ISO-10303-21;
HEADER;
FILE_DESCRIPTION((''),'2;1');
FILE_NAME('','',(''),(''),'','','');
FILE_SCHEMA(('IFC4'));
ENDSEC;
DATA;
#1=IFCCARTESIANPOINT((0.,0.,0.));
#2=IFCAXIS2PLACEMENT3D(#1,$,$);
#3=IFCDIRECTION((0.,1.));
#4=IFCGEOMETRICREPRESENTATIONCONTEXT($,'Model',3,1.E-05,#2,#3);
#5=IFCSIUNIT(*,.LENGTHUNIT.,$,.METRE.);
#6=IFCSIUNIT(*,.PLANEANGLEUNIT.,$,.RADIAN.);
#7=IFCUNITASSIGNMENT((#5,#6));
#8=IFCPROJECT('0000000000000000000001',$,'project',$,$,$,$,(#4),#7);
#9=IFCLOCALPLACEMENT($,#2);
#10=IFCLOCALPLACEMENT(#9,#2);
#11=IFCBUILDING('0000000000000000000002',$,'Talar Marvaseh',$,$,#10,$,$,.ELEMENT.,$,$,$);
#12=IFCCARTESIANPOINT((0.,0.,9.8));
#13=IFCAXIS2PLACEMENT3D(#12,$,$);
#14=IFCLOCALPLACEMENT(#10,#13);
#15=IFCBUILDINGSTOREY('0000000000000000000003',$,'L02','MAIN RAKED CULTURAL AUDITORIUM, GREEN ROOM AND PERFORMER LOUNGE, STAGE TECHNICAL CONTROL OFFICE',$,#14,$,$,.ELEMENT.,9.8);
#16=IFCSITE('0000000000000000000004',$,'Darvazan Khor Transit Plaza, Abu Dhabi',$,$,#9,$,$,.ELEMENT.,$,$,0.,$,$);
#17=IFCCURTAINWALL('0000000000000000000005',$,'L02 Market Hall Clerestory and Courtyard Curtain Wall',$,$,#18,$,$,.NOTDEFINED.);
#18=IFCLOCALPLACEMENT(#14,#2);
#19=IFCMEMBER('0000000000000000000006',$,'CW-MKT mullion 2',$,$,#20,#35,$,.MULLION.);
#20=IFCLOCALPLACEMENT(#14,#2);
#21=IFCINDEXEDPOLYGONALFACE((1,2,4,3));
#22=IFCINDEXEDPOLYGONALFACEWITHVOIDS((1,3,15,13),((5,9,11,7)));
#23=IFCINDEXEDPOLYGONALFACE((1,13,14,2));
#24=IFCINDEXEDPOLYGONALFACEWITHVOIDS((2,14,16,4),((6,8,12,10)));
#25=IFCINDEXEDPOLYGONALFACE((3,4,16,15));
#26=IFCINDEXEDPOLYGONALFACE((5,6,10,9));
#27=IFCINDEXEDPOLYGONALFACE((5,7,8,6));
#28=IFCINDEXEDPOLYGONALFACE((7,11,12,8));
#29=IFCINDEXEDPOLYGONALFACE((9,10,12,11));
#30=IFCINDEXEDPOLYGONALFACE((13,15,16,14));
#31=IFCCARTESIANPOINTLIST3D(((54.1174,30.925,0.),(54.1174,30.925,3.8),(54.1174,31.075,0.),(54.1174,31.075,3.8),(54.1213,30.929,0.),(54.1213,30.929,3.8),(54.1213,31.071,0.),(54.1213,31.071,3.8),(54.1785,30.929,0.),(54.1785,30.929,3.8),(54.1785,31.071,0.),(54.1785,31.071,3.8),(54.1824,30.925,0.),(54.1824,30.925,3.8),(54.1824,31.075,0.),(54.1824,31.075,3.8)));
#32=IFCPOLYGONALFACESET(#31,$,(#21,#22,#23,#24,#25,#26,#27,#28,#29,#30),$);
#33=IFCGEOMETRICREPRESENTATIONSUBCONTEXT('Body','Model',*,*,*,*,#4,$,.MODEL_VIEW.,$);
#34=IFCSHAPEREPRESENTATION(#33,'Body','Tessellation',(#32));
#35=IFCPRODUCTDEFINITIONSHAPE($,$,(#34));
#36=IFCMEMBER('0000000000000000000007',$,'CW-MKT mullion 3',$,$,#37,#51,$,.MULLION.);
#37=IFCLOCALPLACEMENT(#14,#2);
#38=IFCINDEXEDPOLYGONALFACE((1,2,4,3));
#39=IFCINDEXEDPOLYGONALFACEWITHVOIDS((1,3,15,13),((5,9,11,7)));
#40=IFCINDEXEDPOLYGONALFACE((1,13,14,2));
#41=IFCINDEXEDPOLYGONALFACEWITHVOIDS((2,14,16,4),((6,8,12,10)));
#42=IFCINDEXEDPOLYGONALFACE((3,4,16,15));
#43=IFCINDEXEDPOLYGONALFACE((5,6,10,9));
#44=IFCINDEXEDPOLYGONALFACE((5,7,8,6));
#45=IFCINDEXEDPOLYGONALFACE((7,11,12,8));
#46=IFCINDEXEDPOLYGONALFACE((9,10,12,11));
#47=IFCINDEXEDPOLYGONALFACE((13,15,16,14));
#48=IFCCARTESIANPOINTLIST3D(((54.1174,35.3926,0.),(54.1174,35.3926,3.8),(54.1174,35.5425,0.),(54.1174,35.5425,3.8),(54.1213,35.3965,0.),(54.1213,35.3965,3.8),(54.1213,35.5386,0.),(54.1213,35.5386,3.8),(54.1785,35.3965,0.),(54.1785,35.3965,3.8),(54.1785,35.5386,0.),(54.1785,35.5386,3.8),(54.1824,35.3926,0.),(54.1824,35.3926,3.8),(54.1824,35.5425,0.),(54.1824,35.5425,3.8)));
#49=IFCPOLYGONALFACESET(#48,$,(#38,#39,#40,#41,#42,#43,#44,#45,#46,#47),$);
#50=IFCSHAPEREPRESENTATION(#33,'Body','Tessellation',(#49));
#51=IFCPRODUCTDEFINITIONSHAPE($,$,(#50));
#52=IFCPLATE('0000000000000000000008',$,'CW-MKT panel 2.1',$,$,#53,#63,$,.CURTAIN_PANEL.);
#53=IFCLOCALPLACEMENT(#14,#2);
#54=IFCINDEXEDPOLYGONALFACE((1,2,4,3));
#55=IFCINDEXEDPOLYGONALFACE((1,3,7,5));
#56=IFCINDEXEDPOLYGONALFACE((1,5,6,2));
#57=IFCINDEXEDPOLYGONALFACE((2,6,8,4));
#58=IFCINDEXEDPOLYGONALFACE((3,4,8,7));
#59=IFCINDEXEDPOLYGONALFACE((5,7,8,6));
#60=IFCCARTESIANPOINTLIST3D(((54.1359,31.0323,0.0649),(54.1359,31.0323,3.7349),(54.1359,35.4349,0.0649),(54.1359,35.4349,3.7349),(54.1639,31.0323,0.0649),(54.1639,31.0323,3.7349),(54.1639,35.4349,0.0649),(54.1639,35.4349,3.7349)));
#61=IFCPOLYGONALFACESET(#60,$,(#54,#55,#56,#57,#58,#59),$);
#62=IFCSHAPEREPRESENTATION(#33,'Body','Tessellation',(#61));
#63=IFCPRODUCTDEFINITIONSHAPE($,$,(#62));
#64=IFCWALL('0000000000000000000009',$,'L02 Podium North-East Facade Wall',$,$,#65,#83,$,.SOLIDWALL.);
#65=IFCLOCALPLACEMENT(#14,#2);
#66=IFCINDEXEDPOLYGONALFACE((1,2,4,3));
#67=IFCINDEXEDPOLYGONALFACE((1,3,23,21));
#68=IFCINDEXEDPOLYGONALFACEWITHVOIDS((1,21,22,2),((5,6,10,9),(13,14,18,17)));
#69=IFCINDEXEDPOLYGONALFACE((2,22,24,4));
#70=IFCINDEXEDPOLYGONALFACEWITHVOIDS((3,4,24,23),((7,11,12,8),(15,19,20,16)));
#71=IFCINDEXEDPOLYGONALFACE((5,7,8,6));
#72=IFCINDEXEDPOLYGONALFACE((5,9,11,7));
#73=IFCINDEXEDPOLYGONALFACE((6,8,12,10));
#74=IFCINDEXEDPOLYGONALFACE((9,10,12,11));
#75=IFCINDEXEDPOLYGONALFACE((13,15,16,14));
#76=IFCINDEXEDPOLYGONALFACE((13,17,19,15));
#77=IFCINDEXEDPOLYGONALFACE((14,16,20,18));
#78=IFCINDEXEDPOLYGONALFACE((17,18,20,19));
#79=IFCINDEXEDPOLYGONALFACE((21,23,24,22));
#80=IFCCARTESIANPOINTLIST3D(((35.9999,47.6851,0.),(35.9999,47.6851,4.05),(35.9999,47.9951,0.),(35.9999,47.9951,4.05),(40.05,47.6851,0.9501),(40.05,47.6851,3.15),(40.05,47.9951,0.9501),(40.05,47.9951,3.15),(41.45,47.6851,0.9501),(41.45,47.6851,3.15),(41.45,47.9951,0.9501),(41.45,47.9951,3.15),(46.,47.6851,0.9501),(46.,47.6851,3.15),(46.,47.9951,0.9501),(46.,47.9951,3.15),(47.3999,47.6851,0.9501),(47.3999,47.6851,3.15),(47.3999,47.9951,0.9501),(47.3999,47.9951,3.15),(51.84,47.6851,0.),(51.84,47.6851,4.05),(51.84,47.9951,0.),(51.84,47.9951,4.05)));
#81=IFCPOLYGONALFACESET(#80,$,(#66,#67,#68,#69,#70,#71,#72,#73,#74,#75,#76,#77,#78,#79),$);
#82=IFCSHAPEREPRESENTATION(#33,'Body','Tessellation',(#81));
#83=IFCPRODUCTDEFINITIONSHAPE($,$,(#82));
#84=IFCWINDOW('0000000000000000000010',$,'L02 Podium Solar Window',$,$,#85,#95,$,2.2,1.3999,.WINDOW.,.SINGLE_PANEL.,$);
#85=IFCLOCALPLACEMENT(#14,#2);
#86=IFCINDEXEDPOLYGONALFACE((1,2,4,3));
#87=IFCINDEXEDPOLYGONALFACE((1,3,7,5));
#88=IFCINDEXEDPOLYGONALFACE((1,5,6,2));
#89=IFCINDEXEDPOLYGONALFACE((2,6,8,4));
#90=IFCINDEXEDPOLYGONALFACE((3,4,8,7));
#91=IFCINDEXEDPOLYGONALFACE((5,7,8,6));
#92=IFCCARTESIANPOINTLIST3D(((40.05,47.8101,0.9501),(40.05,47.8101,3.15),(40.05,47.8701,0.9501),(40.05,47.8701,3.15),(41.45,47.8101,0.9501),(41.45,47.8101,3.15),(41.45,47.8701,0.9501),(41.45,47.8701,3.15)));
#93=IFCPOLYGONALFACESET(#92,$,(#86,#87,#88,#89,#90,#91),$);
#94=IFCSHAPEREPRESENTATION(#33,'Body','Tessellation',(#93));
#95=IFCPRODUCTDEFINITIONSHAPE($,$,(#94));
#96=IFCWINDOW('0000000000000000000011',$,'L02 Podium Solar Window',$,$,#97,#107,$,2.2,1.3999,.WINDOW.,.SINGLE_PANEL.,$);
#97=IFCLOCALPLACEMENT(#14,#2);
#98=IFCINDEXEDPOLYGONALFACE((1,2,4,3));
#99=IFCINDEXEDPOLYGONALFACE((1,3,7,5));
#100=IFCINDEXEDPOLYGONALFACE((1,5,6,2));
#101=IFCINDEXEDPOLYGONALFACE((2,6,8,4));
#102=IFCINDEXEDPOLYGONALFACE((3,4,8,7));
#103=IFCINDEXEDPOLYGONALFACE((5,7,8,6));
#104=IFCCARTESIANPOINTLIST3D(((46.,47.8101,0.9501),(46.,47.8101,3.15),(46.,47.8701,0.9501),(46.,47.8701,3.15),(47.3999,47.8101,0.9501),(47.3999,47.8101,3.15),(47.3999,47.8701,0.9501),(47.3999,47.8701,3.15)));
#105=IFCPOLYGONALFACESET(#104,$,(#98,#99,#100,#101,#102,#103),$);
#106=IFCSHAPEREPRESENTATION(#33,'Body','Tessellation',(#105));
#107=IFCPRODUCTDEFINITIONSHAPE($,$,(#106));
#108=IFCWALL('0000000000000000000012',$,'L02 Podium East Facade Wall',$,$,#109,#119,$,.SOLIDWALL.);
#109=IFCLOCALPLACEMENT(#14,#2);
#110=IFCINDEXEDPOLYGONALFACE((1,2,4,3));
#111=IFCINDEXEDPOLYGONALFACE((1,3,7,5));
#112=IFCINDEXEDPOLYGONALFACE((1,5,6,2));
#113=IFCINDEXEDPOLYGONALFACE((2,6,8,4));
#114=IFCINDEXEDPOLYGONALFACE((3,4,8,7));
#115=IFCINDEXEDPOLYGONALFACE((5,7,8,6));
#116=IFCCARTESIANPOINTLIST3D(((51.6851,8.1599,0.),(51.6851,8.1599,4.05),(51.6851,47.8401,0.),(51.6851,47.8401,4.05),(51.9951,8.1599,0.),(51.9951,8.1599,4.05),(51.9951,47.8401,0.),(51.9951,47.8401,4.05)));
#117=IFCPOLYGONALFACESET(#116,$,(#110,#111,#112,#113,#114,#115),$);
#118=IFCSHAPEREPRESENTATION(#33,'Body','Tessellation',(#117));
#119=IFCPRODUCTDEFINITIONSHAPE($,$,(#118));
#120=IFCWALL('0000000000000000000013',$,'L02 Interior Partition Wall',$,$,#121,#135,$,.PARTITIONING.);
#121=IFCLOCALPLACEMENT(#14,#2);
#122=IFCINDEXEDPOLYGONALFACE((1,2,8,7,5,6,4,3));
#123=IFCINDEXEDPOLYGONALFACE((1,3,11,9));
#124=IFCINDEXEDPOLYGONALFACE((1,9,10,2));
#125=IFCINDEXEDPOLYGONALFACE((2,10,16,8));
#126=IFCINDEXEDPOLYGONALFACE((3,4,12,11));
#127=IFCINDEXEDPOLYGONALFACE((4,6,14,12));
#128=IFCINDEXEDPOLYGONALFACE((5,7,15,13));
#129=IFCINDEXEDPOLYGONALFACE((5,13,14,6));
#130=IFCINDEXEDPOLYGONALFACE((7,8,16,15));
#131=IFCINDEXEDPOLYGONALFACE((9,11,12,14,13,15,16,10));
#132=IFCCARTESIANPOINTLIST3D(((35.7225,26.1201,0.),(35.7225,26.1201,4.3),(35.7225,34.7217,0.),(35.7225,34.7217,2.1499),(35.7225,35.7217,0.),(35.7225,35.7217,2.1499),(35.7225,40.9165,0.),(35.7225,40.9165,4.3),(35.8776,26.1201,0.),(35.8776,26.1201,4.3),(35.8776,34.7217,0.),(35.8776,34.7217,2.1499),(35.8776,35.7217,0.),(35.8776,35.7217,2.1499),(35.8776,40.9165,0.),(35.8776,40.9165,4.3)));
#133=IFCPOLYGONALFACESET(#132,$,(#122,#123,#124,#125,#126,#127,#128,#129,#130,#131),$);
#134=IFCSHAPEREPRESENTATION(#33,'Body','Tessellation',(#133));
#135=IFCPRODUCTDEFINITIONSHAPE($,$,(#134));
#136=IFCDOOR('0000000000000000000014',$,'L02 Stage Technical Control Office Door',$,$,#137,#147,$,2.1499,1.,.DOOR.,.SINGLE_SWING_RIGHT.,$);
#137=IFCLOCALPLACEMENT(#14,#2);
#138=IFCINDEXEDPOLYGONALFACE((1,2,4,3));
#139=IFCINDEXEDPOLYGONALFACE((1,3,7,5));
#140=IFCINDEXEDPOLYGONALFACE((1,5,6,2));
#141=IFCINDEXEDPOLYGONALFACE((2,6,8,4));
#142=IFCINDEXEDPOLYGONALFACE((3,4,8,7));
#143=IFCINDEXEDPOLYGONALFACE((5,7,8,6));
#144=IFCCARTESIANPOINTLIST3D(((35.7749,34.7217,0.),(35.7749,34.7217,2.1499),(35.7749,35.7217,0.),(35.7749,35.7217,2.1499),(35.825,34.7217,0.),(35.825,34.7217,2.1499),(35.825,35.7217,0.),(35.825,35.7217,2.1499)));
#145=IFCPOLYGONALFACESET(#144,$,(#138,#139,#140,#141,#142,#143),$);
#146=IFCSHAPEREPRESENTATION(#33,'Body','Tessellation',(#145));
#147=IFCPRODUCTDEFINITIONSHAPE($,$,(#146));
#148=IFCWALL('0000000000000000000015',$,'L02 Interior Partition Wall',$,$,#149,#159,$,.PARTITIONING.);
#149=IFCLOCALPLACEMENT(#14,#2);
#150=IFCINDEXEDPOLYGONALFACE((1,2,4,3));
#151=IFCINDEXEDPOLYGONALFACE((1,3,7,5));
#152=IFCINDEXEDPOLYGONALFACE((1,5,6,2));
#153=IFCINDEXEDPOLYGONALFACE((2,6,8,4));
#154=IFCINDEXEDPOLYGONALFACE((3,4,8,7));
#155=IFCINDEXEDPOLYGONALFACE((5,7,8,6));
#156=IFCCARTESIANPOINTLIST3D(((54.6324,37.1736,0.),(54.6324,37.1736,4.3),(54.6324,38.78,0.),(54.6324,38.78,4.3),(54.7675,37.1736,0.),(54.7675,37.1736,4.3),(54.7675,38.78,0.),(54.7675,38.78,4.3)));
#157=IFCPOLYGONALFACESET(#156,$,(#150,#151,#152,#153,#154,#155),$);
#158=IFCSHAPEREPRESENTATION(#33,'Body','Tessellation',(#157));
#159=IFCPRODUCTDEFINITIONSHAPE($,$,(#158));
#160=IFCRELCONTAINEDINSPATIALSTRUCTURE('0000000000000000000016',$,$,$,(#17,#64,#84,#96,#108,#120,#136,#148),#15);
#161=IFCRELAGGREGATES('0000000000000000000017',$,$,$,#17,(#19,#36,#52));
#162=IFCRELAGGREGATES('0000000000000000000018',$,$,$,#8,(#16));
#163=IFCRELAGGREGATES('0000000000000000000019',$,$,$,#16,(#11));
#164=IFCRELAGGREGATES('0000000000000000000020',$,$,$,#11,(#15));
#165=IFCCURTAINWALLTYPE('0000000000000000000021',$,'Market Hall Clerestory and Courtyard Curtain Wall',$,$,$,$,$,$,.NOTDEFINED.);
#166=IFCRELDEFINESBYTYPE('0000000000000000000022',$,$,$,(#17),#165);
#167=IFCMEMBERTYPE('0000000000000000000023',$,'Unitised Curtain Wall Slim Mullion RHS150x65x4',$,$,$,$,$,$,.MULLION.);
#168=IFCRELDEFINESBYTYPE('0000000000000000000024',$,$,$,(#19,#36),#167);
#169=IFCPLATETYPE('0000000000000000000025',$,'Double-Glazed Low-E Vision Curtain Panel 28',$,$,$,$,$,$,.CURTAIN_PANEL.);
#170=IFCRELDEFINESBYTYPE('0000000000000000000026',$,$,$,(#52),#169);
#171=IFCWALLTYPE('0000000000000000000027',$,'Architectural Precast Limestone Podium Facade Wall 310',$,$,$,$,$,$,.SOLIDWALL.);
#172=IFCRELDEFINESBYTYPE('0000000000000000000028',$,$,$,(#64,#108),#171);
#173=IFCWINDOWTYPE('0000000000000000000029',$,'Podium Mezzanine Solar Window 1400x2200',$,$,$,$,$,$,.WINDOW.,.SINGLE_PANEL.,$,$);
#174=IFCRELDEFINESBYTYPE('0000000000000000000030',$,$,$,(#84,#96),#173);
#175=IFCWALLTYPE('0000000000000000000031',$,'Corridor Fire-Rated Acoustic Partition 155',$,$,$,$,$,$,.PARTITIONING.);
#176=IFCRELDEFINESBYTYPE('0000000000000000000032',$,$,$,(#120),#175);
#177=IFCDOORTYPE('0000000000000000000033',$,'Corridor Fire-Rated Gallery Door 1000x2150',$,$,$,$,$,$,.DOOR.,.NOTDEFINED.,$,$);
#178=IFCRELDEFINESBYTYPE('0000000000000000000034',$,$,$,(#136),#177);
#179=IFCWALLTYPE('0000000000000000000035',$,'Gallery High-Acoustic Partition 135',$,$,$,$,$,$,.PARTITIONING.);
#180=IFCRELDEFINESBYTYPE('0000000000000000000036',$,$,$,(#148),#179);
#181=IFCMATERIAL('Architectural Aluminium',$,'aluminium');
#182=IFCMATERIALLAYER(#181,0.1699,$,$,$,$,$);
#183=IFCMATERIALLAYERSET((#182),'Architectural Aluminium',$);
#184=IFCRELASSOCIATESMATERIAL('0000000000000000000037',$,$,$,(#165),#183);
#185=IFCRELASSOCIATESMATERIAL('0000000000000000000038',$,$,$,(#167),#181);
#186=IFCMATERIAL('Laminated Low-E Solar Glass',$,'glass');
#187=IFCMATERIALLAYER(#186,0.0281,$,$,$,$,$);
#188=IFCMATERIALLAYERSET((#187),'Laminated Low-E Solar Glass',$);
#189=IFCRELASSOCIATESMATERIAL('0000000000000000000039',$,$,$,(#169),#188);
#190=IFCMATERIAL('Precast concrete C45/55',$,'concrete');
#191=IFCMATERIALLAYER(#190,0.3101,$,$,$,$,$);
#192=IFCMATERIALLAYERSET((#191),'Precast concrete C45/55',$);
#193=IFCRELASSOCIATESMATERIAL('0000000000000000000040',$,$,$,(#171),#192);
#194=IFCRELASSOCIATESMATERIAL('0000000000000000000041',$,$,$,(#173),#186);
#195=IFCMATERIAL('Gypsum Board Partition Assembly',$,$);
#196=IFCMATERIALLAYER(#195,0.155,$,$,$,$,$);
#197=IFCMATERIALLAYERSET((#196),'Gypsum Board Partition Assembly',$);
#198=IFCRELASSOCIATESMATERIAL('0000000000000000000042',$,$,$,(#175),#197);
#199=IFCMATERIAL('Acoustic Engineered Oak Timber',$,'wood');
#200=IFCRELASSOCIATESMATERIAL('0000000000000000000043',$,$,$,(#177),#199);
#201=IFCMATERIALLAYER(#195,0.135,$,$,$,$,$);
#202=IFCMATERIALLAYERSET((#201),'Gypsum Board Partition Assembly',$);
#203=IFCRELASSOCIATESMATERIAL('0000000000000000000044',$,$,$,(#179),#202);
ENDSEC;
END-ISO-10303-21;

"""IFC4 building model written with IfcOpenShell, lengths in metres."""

from ifc_helpers import new_model, si_unit, direction, frame, frame_2d, origin, origin_2d, place, context, subcontext, project, spatial, rectangle, hollow_rectangle, extrude, source, transform, mapped, material, layer, layer_set, material_profile, profile_set, type_object, type_shapes, element, fill, aggregate, save


model = new_model("IFC4")

# Units and contexts
model_context = context("Model", 3, precision=1e-05, world=origin(), true_north=direction((0.0, 1.0)))
body_context = subcontext(model_context, "Body", "Model", "MODEL_VIEW")
ifc_project = project(units=[si_unit("LENGTHUNIT", "METRE"), si_unit("PLANEANGLEUNIT", "RADIAN")], contexts=[model_context])

# Site, building, storey
site_placement = place(None, origin())
site = spatial("IfcSite", under=ifc_project, at=site_placement, Name="Darvazan Khor Transit Plaza, Abu Dhabi", CompositionType="ELEMENT", RefElevation=0.0)
building_placement = place(site_placement, origin())
building = spatial("IfcBuilding", under=site, at=building_placement, Name="Talar Marvaseh", CompositionType="ELEMENT")
storey_placement = place(building_placement, frame((0.0, 0.0, 9.8)))
storey = spatial("IfcBuildingStorey", under=building, at=storey_placement, Name="L02", Description="MAIN RAKED CULTURAL AUDITORIUM, GREEN ROOM AND PERFORMER LOUNGE, STAGE TECHNICAL CONTROL OFFICE", CompositionType="ELEMENT", Elevation=9.8)

# Curtain wall
ifc_material_1 = material(Name="Architectural Aluminium", Category="aluminium")
ifc_layer_1 = layer(ifc_material_1, 0.1699)
ifc_layer_set_1 = layer_set([ifc_layer_1], Name="Architectural Aluminium")
curtain_wall_type_1 = type_object("IfcCurtainWallType", Name="Market Hall Clerestory and Courtyard Curtain Wall", PredefinedType="NOTDEFINED", material=ifc_layer_set_1)
curtain_wall_1_placement = place(storey_placement, origin())
curtain_wall_1 = element("IfcCurtainWall", 1, at=curtain_wall_1_placement, inside=storey, type_object=curtain_wall_type_1, Name="L02 Market Hall Clerestory and Courtyard Curtain Wall", PredefinedType="NOTDEFINED")

# Shared definitions
ifc_material_profile_1 = material_profile(ifc_material_1, hollow_rectangle(XDim=0.0649, YDim=0.1499, WallThickness=0.0039, at=origin_2d()), Name="RHS150x65x4")
ifc_profile_set_1 = profile_set([ifc_material_profile_1], Name="Architectural Aluminium")
member_type_1 = type_object("IfcMemberType", Name="Unitised Curtain Wall Slim Mullion RHS150x65x4", PredefinedType="MULLION", material=ifc_profile_set_1)

# Members
shared_shape_1 = source(origin(), body_context, "Body", "SweptSolid", [
    extrude(hollow_rectangle(XDim=0.0649, YDim=0.1499, WallThickness=0.0039, at=origin_2d()), origin(), (0.0, 0.0, 1.0), 3.8),
])
member_1_placement = place(storey_placement, frame((54.1499, 31.0, 0.0), z_axis=(0.0, 0.0, 1.0), x_axis=(-1.0, 0.0, 0.0)))
member_1 = element("IfcMember", 2, at=member_1_placement, type_object=member_type_1, Name="CW-MKT mullion 2", PredefinedType="MULLION", context=body_context, shape_type="MappedRepresentation", body=[
    mapped(shared_shape_1, transform((0.0, 0.0, 0.0), x_axis=(1.0, 0.0, 0.0), y_axis=(0.0, 1.0, 0.0), z_axis=(0.0, 0.0, 1.0), scale=1.0)),
])
member_2_placement = place(storey_placement, frame((54.1499, 35.4675, 0.0), z_axis=(0.0, 0.0, 1.0), x_axis=(-1.0, 0.0, 0.0)))
member_2 = element("IfcMember", 3, at=member_2_placement, type_object=member_type_1, Name="CW-MKT mullion 3", PredefinedType="MULLION", context=body_context, shape_type="MappedRepresentation", body=[
    mapped(shared_shape_1, transform((0.0, 0.0, 0.0), x_axis=(1.0, 0.0, 0.0), y_axis=(0.0, 1.0, 0.0), z_axis=(0.0, 0.0, 1.0), scale=1.0)),
])

# Plate
ifc_material_2 = material(Name="Laminated Low-E Solar Glass", Category="glass")
ifc_layer_2 = layer(ifc_material_2, 0.0281)
ifc_layer_set_2 = layer_set([ifc_layer_2], Name="Laminated Low-E Solar Glass")
plate_type = type_object("IfcPlateType", Name="Double-Glazed Low-E Vision Curtain Panel 28", PredefinedType="CURTAIN_PANEL", material=ifc_layer_set_2)
shared_shape_2 = source(origin(), body_context, "Body", "SweptSolid", [
    extrude(rectangle(XDim=4.4026, YDim=0.0281, at=origin_2d()), origin(), (0.0, 0.0, 1.0), 3.6699),
])
type_shapes(plate_type, [shared_shape_2])
plate_placement = place(storey_placement, frame((54.1499, 33.2336, 0.0649), z_axis=(0.0, 0.0, 1.0), x_axis=(0.0, 1.0, 0.0)))
plate = element("IfcPlate", 4, at=plate_placement, type_object=plate_type, Name="CW-MKT panel 2.1", PredefinedType="CURTAIN_PANEL", context=body_context, shape_type="MappedRepresentation", body=[
    mapped(shared_shape_2, transform((0.0, 0.0, 0.0), x_axis=(1.0, 0.0, 0.0), y_axis=(0.0, 1.0, 0.0), z_axis=(0.0, 0.0, 1.0), scale=1.0)),
])
aggregate(curtain_wall_1, [member_1, member_2, plate])

# Wall, openings, windows
ifc_material_3 = material(Name="Precast concrete C45/55", Category="concrete")
ifc_layer_3 = layer(ifc_material_3, 0.3101)
ifc_layer_set_3 = layer_set([ifc_layer_3], Name="Precast concrete C45/55")
wall_type_1 = type_object("IfcWallType", Name="Architectural Precast Limestone Podium Facade Wall 310", PredefinedType="SOLIDWALL", material=ifc_layer_set_3)
wall_1_placement = place(storey_placement, frame((36.0, 47.8401, 0.0), z_axis=(0.0, 0.0, 1.0), x_axis=(1.0, 0.0, 0.0)))
wall_1 = element("IfcWall", 5, at=wall_1_placement, inside=storey, type_object=wall_type_1, Name="L02 Podium North-East Facade Wall", PredefinedType="SOLIDWALL", context=body_context, shape_type="SweptSolid", body=[
    extrude(rectangle(XDim=15.8401, YDim=0.3101, at=frame_2d((7.9199, 0.0))), origin(), (0.0, 0.0, 1.0), 4.05),
])
opening_1_placement = place(wall_1_placement, frame((4.05, 0.0, 0.95)))
opening_1 = element("IfcOpeningElement", 6, at=opening_1_placement, cuts=wall_1, PredefinedType="OPENING", context=body_context, shape_type="SweptSolid", body=[
    extrude(rectangle(XDim=1.3999, YDim=2.2, at=frame_2d((0.7, 1.1001))), frame((0.0, 0.165, 0.0), z_axis=(0.0, -1.0, 0.0), x_axis=(1.0, 0.0, 0.0)), (0.0, 0.0, 1.0), 0.3301),
])
opening_2_placement = place(wall_1_placement, frame((10.0, 0.0, 0.95)))
opening_2 = element("IfcOpeningElement", 7, at=opening_2_placement, cuts=wall_1, PredefinedType="OPENING", context=body_context, shape_type="SweptSolid", body=[
    extrude(rectangle(XDim=1.3999, YDim=2.2, at=frame_2d((0.7, 1.1001))), frame((0.0, 0.165, 0.0), z_axis=(0.0, -1.0, 0.0), x_axis=(1.0, 0.0, 0.0)), (0.0, 0.0, 1.0), 0.3301),
])
window_type_1 = type_object("IfcWindowType", Name="Podium Mezzanine Solar Window 1400x2200", PartitioningType="SINGLE_PANEL", PredefinedType="WINDOW", material=ifc_material_2)
shared_shape_3 = source(origin(), body_context, "Body", "SweptSolid", [
    extrude(rectangle(XDim=1.3999, YDim=2.2, at=frame_2d((0.7, 1.1001))), frame((0.0, 0.03, 0.0), z_axis=(0.0, -1.0, 0.0), x_axis=(1.0, 0.0, 0.0)), (0.0, 0.0, 1.0), 0.0601),
])
type_shapes(window_type_1, [shared_shape_3])
window_1_placement = place(opening_1_placement, origin())
window_1 = element("IfcWindow", 8, at=window_1_placement, inside=storey, type_object=window_type_1, Name="L02 Podium Solar Window", OverallHeight=2.2, OverallWidth=1.3999, PartitioningType="SINGLE_PANEL", PredefinedType="WINDOW", context=body_context, shape_type="MappedRepresentation", body=[
    mapped(shared_shape_3, transform((0.0, 0.0, 0.0), x_axis=(1.0, 0.0, 0.0), y_axis=(0.0, 1.0, 0.0), z_axis=(0.0, 0.0, 1.0), scale=1.0)),
])
fill(opening_1, window_1)
window_2_placement = place(opening_2_placement, origin())
window_2 = element("IfcWindow", 9, at=window_2_placement, inside=storey, type_object=window_type_1, Name="L02 Podium Solar Window", OverallHeight=2.2, OverallWidth=1.3999, PartitioningType="SINGLE_PANEL", PredefinedType="WINDOW", context=body_context, shape_type="MappedRepresentation", body=[
    mapped(shared_shape_3, transform((0.0, 0.0, 0.0), x_axis=(1.0, 0.0, 0.0), y_axis=(0.0, 1.0, 0.0), z_axis=(0.0, 0.0, 1.0), scale=1.0)),
])
fill(opening_2, window_2)

# Wall
wall_2_placement = place(storey_placement, frame((51.8401, 47.8401, 0.0), z_axis=(0.0, 0.0, 1.0), x_axis=(0.0, -1.0, 0.0)))
element("IfcWall", 10, at=wall_2_placement, inside=storey, type_object=wall_type_1, Name="L02 Podium East Facade Wall", PredefinedType="SOLIDWALL", context=body_context, shape_type="SweptSolid", body=[
    extrude(rectangle(XDim=39.6802, YDim=0.3101, at=frame_2d((19.8401, 0.0))), origin(), (0.0, 0.0, 1.0), 4.05),
])

# Wall, opening, door
ifc_material_4 = material(Name="Gypsum Board Partition Assembly")
ifc_layer_4 = layer(ifc_material_4, 0.155)
ifc_layer_set_4 = layer_set([ifc_layer_4], Name="Gypsum Board Partition Assembly")
wall_type_2 = type_object("IfcWallType", Name="Corridor Fire-Rated Acoustic Partition 155", PredefinedType="PARTITIONING", material=ifc_layer_set_4)
wall_3_placement = place(storey_placement, frame((35.8, 40.9165, 0.0), z_axis=(0.0, 0.0, 1.0), x_axis=(0.0, -1.0, 0.0)))
wall_3 = element("IfcWall", 11, at=wall_3_placement, inside=storey, type_object=wall_type_2, Name="L02 Interior Partition Wall", PredefinedType="PARTITIONING", context=body_context, shape_type="SweptSolid", body=[
    extrude(rectangle(XDim=14.7964, YDim=0.155, at=frame_2d((7.3982, 0.0))), origin(), (0.0, 0.0, 1.0), 4.3),
])
opening_3_placement = place(wall_3_placement, frame((5.1948, 0.0, 0.0)))
opening_3 = element("IfcOpeningElement", 12, at=opening_3_placement, cuts=wall_3, PredefinedType="OPENING", context=body_context, shape_type="SweptSolid", body=[
    extrude(rectangle(XDim=1.0, YDim=2.1499, at=frame_2d((0.5, 1.075))), frame((0.0, 0.0874, 0.0), z_axis=(0.0, -1.0, 0.0), x_axis=(1.0, 0.0, 0.0)), (0.0, 0.0, 1.0), 0.175),
])
ifc_material_5 = material(Name="Acoustic Engineered Oak Timber", Category="wood")
door_type = type_object("IfcDoorType", Name="Corridor Fire-Rated Gallery Door 1000x2150", OperationType="NOTDEFINED", PredefinedType="DOOR", material=ifc_material_5)
shared_shape_4 = source(origin(), body_context, "Body", "SweptSolid", [
    extrude(rectangle(XDim=1.0, YDim=2.1499, at=frame_2d((0.5, 1.075))), frame((0.0, 0.0249, 0.0), z_axis=(0.0, -1.0, 0.0), x_axis=(1.0, 0.0, 0.0)), (0.0, 0.0, 1.0), 0.05),
])
type_shapes(door_type, [shared_shape_4])
door_placement = place(opening_3_placement, origin())
door = element("IfcDoor", 13, at=door_placement, inside=storey, type_object=door_type, Name="L02 Stage Technical Control Office Door", OperationType="SINGLE_SWING_RIGHT", OverallHeight=2.1499, OverallWidth=1.0, PredefinedType="DOOR", context=body_context, shape_type="MappedRepresentation", body=[
    mapped(shared_shape_4, transform((0.0, 0.0, 0.0), x_axis=(1.0, 0.0, 0.0), y_axis=(0.0, 1.0, 0.0), z_axis=(0.0, 0.0, 1.0), scale=1.0)),
])
fill(opening_3, door)

# Wall
ifc_layer_5 = layer(ifc_material_4, 0.135)
ifc_layer_set_5 = layer_set([ifc_layer_5], Name="Gypsum Board Partition Assembly")
wall_type_3 = type_object("IfcWallType", Name="Gallery High-Acoustic Partition 135", PredefinedType="PARTITIONING", material=ifc_layer_set_5)
wall_4_placement = place(storey_placement, frame((54.7, 37.1736, 0.0), z_axis=(0.0, 0.0, 1.0), x_axis=(0.0, 1.0, 0.0)))
element("IfcWall", 14, at=wall_4_placement, inside=storey, type_object=wall_type_3, Name="L02 Interior Partition Wall", PredefinedType="PARTITIONING", context=body_context, shape_type="SweptSolid", body=[
    extrude(rectangle(XDim=1.6064, YDim=0.135, at=frame_2d((0.8032, 0.0))), origin(), (0.0, 0.0, 1.0), 4.3),
])

save(model, "model.ifc")
